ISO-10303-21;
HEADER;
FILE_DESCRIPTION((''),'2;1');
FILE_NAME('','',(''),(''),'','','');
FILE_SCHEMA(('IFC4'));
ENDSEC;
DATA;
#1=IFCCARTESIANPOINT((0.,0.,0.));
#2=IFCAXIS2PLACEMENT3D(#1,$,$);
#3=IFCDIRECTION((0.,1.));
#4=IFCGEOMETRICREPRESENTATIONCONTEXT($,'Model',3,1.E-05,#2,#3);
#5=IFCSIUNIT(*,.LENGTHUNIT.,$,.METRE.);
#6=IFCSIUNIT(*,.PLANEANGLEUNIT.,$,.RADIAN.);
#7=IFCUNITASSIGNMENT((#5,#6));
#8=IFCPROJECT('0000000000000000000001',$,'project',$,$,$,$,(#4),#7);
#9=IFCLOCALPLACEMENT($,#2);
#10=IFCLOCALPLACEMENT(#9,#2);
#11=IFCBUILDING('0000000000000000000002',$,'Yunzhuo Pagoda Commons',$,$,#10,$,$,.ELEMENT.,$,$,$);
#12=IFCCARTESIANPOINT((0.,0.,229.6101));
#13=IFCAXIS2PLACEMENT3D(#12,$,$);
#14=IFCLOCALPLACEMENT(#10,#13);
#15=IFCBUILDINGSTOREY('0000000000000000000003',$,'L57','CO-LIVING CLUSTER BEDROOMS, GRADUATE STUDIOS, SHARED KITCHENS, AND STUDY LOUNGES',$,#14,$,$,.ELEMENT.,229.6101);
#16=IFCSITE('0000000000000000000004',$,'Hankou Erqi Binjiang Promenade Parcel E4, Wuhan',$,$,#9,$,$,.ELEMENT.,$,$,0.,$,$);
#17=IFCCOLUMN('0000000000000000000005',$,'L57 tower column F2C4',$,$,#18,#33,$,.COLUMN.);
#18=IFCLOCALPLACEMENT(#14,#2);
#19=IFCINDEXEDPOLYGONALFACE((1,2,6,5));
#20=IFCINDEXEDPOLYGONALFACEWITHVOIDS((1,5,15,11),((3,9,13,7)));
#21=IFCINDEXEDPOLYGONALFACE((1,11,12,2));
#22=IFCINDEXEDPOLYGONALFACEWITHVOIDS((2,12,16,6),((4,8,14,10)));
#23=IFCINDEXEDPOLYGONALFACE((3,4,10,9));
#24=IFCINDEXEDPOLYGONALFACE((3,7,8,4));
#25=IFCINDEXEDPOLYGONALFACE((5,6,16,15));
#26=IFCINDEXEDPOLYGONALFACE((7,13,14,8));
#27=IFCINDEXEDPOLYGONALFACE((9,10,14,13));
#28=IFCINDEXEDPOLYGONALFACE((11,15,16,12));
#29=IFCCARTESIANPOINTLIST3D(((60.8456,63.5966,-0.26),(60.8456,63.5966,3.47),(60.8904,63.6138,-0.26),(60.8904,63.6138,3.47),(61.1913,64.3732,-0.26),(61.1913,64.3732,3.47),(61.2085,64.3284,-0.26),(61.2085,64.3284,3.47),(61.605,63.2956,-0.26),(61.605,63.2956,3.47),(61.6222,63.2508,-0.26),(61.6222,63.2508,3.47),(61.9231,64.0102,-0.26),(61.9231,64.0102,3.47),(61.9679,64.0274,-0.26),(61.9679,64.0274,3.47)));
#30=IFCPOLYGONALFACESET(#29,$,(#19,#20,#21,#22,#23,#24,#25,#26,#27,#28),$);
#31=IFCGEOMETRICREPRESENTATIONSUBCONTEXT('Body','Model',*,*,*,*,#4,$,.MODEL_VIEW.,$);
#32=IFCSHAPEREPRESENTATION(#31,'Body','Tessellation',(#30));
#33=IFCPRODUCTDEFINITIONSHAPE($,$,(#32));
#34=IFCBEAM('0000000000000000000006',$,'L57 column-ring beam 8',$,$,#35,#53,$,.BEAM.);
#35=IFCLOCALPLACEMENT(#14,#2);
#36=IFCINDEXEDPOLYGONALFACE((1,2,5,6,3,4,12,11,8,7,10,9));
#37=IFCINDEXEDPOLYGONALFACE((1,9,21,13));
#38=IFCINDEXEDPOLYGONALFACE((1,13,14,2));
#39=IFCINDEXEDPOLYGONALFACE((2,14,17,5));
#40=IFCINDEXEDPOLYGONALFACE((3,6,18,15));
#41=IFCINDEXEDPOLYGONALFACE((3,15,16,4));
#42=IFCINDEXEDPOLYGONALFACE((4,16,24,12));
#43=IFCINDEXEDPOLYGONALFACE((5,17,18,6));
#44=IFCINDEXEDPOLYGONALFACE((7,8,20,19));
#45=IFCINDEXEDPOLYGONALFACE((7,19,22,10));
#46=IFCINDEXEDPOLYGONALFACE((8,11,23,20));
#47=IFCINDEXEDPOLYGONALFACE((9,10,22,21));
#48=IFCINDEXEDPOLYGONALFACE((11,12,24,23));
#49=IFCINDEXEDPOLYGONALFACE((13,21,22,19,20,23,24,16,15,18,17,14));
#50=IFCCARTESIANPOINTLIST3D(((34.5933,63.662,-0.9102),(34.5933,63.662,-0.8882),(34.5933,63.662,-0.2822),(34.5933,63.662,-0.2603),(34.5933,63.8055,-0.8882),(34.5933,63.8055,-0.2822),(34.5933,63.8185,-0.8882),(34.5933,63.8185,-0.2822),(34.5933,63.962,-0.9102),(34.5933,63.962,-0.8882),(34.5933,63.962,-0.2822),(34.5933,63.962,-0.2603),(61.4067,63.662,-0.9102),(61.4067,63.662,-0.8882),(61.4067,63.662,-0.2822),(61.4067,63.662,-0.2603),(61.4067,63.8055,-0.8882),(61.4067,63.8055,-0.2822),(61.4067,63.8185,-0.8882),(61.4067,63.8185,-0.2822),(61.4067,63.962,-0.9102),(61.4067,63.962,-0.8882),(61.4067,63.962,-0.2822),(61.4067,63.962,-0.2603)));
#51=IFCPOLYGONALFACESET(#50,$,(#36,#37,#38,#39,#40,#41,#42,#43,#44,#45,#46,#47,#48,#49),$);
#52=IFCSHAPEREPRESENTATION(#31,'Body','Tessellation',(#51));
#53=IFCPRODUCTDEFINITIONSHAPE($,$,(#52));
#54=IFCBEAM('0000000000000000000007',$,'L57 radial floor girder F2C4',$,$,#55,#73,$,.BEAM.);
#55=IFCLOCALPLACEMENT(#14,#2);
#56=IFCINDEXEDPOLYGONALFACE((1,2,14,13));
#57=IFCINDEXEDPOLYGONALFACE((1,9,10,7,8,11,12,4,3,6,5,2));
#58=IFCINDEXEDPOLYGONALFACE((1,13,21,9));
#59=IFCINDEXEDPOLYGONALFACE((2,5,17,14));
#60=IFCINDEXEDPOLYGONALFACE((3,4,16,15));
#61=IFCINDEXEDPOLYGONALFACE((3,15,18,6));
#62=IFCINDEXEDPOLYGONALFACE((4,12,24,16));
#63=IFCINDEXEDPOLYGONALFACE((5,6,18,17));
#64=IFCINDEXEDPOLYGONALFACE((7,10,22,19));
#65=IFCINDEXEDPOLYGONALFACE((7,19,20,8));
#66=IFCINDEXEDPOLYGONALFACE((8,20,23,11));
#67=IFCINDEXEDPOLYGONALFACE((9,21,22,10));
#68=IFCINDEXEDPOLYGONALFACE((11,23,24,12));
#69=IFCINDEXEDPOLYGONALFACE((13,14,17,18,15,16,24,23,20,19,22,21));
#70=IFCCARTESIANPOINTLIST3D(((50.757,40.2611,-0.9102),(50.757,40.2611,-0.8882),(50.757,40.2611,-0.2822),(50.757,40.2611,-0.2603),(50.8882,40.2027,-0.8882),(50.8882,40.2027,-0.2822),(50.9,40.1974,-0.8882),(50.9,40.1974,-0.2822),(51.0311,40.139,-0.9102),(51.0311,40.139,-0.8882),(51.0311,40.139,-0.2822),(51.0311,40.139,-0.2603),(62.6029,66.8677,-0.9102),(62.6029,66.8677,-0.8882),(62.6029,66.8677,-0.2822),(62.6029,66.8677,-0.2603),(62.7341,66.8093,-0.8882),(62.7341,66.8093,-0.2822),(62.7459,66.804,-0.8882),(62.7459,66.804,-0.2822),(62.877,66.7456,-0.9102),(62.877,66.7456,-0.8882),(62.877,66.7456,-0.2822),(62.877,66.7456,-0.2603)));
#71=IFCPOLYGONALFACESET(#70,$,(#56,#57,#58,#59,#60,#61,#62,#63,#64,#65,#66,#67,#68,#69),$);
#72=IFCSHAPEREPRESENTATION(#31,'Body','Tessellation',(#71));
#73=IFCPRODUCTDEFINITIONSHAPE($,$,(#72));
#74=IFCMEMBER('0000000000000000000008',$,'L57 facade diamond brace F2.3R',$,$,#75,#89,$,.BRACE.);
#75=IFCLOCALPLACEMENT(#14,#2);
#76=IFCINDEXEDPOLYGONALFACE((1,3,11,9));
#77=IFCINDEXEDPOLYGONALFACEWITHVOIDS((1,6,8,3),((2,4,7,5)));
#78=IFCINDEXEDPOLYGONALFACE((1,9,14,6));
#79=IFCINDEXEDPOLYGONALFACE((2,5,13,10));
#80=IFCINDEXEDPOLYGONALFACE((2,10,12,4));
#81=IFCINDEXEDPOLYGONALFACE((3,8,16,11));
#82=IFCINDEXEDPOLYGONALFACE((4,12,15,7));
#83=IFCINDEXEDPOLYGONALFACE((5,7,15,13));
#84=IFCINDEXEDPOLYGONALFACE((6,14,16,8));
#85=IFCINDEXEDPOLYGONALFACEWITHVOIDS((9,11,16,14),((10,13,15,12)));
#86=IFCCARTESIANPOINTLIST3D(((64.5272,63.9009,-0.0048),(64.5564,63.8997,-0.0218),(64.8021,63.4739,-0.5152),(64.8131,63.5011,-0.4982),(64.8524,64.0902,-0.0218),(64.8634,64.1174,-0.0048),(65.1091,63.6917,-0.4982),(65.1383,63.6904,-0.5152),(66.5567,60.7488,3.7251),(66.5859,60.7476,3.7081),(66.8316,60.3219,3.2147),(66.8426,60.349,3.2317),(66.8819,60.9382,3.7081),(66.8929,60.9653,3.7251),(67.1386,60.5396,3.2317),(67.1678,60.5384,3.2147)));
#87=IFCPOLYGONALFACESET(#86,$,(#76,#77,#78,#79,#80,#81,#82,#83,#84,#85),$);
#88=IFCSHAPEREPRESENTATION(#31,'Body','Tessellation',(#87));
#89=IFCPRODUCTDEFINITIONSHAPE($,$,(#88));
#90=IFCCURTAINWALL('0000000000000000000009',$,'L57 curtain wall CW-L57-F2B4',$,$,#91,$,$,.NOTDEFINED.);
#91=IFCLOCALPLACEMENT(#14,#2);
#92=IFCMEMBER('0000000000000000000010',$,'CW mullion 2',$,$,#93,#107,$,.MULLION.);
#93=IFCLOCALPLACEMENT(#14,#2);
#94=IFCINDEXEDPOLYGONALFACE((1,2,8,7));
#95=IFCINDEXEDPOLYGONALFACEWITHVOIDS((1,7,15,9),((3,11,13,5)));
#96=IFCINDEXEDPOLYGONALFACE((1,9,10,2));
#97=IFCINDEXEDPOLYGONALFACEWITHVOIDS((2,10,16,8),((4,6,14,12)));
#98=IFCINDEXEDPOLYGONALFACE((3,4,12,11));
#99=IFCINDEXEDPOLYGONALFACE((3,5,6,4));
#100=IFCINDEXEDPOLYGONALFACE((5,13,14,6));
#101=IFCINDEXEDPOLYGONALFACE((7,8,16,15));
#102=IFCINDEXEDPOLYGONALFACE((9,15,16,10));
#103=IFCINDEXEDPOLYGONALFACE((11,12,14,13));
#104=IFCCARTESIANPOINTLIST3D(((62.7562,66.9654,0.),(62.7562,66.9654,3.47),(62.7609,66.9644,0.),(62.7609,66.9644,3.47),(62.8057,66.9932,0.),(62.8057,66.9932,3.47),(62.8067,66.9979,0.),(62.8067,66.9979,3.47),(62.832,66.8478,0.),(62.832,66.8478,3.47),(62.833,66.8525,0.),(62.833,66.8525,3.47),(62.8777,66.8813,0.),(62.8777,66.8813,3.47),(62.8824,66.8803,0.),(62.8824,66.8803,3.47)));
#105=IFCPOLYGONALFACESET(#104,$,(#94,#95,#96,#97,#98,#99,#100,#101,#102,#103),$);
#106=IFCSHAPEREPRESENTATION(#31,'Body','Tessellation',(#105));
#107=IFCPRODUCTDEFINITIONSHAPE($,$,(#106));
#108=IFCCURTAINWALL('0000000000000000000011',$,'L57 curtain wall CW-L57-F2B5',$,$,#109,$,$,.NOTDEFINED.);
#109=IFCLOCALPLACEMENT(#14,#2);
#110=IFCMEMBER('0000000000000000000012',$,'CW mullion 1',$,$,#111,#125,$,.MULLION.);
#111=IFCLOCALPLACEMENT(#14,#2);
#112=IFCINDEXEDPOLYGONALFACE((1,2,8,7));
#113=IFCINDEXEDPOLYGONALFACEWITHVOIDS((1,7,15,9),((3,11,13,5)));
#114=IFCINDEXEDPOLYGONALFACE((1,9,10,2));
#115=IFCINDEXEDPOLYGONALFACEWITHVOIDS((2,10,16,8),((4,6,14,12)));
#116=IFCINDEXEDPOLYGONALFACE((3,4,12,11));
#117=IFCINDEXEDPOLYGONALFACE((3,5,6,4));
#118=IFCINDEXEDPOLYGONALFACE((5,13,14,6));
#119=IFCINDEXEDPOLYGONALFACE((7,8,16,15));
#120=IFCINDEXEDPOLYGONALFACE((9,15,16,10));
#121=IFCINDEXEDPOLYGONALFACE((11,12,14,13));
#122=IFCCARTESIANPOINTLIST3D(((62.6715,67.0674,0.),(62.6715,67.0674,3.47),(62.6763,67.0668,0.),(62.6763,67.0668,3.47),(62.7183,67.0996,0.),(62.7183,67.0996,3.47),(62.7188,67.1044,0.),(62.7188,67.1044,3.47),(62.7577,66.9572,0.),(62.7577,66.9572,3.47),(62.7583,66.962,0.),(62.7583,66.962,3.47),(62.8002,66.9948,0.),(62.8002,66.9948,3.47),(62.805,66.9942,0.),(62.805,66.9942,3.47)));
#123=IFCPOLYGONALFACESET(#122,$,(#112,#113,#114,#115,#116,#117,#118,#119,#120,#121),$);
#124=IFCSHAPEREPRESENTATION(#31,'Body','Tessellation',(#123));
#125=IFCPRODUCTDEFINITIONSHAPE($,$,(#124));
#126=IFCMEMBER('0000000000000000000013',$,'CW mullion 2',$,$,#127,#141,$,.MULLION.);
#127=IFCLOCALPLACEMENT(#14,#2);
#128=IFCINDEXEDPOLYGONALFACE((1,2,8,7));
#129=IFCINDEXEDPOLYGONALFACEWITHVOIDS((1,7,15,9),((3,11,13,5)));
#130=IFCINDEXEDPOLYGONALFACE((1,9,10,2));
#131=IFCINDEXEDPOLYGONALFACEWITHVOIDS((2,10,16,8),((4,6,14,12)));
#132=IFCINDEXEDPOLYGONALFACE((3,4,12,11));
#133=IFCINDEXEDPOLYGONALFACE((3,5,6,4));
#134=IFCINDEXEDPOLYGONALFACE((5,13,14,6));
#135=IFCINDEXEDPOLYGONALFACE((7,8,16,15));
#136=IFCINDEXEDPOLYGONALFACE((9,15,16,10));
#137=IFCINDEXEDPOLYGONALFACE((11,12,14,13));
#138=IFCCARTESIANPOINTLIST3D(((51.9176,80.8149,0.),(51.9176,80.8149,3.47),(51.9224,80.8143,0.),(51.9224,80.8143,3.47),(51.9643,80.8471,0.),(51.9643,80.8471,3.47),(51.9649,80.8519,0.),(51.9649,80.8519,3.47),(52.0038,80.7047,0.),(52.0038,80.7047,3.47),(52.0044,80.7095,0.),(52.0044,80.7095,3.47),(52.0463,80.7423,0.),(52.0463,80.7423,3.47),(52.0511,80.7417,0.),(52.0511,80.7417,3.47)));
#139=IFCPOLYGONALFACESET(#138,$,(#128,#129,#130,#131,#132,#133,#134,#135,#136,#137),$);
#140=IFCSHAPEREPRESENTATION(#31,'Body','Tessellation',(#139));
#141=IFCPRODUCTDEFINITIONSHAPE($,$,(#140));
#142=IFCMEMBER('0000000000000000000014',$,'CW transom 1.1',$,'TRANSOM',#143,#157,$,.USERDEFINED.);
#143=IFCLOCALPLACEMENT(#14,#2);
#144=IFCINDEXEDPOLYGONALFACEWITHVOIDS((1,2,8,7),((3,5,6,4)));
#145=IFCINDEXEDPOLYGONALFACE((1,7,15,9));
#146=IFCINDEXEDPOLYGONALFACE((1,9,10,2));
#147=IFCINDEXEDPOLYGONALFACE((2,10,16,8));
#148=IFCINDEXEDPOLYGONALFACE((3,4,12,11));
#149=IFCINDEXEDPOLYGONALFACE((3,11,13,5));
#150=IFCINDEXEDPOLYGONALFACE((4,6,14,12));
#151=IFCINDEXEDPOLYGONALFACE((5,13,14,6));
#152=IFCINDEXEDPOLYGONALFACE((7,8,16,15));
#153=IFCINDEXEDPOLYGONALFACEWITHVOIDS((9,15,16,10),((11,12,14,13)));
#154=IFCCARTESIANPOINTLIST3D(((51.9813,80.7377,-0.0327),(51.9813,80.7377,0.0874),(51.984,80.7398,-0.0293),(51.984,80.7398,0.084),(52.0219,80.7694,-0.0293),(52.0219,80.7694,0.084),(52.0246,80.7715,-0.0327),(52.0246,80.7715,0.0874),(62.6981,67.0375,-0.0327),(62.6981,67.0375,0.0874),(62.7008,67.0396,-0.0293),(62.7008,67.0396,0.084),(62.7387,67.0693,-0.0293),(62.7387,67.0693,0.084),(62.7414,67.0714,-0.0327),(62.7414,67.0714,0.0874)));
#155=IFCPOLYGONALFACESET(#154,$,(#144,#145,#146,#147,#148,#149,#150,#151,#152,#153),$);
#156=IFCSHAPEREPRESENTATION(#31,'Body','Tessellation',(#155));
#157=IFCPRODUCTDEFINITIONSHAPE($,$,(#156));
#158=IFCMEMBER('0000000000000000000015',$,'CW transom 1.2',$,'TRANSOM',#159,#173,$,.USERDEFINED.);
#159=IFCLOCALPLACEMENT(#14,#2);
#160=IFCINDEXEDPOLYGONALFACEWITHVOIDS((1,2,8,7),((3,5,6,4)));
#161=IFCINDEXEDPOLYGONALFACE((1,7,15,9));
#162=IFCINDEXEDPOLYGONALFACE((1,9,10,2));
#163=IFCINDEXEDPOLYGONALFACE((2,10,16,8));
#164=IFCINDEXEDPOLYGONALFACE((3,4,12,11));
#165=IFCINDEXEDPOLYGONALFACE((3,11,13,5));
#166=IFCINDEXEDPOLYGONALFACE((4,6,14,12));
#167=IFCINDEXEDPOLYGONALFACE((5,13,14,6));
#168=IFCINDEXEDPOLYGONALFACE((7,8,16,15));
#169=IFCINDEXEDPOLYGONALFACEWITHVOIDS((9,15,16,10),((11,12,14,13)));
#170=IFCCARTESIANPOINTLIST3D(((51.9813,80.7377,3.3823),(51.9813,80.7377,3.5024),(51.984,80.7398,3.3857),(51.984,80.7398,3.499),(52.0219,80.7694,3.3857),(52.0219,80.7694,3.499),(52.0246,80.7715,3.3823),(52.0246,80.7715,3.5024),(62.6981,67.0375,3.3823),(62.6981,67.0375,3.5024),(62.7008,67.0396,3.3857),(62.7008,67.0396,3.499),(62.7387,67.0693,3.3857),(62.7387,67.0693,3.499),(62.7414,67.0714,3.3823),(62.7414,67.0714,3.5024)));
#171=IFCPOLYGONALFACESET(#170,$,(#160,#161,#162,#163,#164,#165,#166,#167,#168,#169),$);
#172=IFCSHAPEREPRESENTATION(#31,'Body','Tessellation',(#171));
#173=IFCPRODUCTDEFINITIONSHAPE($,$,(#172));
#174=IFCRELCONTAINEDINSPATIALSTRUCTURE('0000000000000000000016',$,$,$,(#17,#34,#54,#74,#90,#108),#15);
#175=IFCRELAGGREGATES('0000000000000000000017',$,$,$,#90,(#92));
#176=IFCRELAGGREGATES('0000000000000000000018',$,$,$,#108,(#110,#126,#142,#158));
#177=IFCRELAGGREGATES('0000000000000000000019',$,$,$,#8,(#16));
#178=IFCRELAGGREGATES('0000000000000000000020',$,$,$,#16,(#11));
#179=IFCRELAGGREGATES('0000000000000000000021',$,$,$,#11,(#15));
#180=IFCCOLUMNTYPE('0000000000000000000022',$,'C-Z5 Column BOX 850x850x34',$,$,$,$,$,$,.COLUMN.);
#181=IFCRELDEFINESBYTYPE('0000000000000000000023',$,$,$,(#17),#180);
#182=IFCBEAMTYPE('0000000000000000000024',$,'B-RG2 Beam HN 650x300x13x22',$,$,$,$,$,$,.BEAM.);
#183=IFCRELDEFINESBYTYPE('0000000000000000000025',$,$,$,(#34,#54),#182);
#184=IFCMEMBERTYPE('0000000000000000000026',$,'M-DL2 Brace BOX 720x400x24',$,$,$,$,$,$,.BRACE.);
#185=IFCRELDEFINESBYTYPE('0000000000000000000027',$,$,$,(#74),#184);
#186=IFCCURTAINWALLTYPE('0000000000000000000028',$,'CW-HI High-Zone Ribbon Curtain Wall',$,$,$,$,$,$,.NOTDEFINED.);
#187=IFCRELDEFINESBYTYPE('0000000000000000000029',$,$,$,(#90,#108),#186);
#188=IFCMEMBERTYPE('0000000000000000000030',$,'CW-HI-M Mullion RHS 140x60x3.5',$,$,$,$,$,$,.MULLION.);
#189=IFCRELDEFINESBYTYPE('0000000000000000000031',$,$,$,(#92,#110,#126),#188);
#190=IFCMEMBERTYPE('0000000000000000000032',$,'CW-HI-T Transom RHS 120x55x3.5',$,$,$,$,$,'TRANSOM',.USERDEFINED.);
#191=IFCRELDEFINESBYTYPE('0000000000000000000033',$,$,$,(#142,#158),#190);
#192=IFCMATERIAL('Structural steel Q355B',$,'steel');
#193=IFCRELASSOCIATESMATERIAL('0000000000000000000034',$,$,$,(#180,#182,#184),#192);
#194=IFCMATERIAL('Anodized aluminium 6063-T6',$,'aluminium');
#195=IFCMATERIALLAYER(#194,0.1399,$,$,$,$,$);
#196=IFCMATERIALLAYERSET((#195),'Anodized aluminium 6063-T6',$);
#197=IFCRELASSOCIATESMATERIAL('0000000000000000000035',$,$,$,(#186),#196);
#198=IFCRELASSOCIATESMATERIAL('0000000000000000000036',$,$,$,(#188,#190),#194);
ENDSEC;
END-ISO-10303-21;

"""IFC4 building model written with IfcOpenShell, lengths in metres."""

from ifc_helpers import new_model, si_unit, direction, frame, origin, origin_2d, place, context, subcontext, project, spatial, hollow_rectangle, i_section, extrude, source, transform, mapped, material, layer, layer_set, material_profile, profile_set, type_object, element, aggregate, save


model = new_model("IFC4")

# Units and contexts
model_context = context("Model", 3, precision=1e-05, world=origin(), true_north=direction((0.0, 1.0)))
body_context = subcontext(model_context, "Body", "Model", "MODEL_VIEW")
ifc_project = project(units=[si_unit("LENGTHUNIT", "METRE"), si_unit("PLANEANGLEUNIT", "RADIAN")], contexts=[model_context])

# Site, building, storey
site_placement = place(None, origin())
site = spatial("IfcSite", under=ifc_project, at=site_placement, Name="Hankou Erqi Binjiang Promenade Parcel E4, Wuhan", CompositionType="ELEMENT", RefElevation=0.0)
building_placement = place(site_placement, origin())
building = spatial("IfcBuilding", under=site, at=building_placement, Name="Yunzhuo Pagoda Commons", CompositionType="ELEMENT")
storey_placement = place(building_placement, frame((0.0, 0.0, 229.6101)))
storey = spatial("IfcBuildingStorey", under=building, at=storey_placement, Name="L57", Description="CO-LIVING CLUSTER BEDROOMS, GRADUATE STUDIOS, SHARED KITCHENS, AND STUDY LOUNGES", CompositionType="ELEMENT", Elevation=229.6101)

# Column
ifc_material_1 = material(Name="Structural steel Q355B", Category="steel")
ifc_material_profile_1 = material_profile(ifc_material_1, hollow_rectangle(XDim=0.8501, YDim=0.8501, WallThickness=0.0339, at=origin_2d()), Name="Structural steel Q355B")
ifc_profile_set_1 = profile_set([ifc_material_profile_1], Name="Structural steel Q355B")
column_type = type_object("IfcColumnType", Name="C-Z5 Column BOX 850x850x34", PredefinedType="COLUMN", material=ifc_profile_set_1)
shared_shape_1 = source(origin(), body_context, "Body", "SweptSolid", [
    extrude(hollow_rectangle(XDim=0.8501, YDim=0.8501, WallThickness=0.0339, at=origin_2d()), origin(), (0.0, 0.0, 1.0), 3.73),
])
column_placement = place(storey_placement, frame((61.4067, 63.812, -0.26), z_axis=(0.0, 0.0, 1.0), x_axis=(-0.913545, 0.406737, 0.0)))
element("IfcColumn", 1, at=column_placement, inside=storey, type_object=column_type, Name="L57 tower column F2C4", PredefinedType="COLUMN", context=body_context, shape_type="MappedRepresentation", body=[
    mapped(shared_shape_1, transform((0.0, 0.0, 0.0), scale=1.0)),
])

# Beams
ifc_material_profile_2 = material_profile(ifc_material_1, i_section(OverallWidth=0.3, OverallDepth=0.6499, WebThickness=0.0129, FlangeThickness=0.022, at=origin_2d()), Name="Structural steel Q355B")
ifc_profile_set_2 = profile_set([ifc_material_profile_2], Name="Structural steel Q355B")
beam_type = type_object("IfcBeamType", Name="B-RG2 Beam HN 650x300x13x22", PredefinedType="BEAM", material=ifc_profile_set_2)
shared_shape_2 = source(origin(), body_context, "Body", "SweptSolid", [
    extrude(i_section(OverallWidth=0.3, OverallDepth=0.6499, WebThickness=0.0129, FlangeThickness=0.022, at=origin_2d()), origin(), (0.0, 0.0, 1.0), 26.8135),
])
beam_1_placement = place(storey_placement, frame((61.4067, 63.812, -0.5852), z_axis=(-1.0, 0.0, 0.0), x_axis=(0.0, -1.0, 0.0)))
element("IfcBeam", 2, at=beam_1_placement, inside=storey, type_object=beam_type, Name="L57 column-ring beam 8", PredefinedType="BEAM", context=body_context, shape_type="MappedRepresentation", body=[
    mapped(shared_shape_2, transform((0.0, 0.0, 0.0), scale=1.0)),
])
shared_shape_3 = source(origin(), body_context, "Body", "SweptSolid", [
    extrude(i_section(OverallWidth=0.3, OverallDepth=0.6499, WebThickness=0.0129, FlangeThickness=0.022, at=origin_2d()), origin(), (0.0, 0.0, 1.0), 29.1245),
])
beam_2_placement = place(storey_placement, frame((62.74, 66.8066, -0.5852), z_axis=(-0.406733, -0.913547, 0.0), x_axis=(0.913547, -0.406733, 0.0)))
element("IfcBeam", 3, at=beam_2_placement, inside=storey, type_object=beam_type, Name="L57 radial floor girder F2C4", PredefinedType="BEAM", context=body_context, shape_type="MappedRepresentation", body=[
    mapped(shared_shape_3, transform((0.0, 0.0, 0.0), scale=1.0)),
])

# Member
ifc_material_profile_3 = material_profile(ifc_material_1, hollow_rectangle(XDim=0.3999, YDim=0.72, WallThickness=0.0239, at=origin_2d()), Name="Structural steel Q355B")
ifc_profile_set_3 = profile_set([ifc_material_profile_3], Name="Structural steel Q355B")
member_type_1 = type_object("IfcMemberType", Name="M-DL2 Brace BOX 720x400x24", PredefinedType="BRACE", material=ifc_profile_set_3)
shared_shape_4 = source(origin(), body_context, "Body", "SweptSolid", [
    extrude(hollow_rectangle(XDim=0.3999, YDim=0.72, WallThickness=0.0239, at=origin_2d()), origin(), (0.0, 0.0, 1.0), 5.2883),
])
member_1_placement = place(storey_placement, frame((64.8328, 63.7957, -0.26), z_axis=(0.38377, -0.596037, 0.705309), x_axis=(0.840791, 0.54136, 0.0)))
element("IfcMember", 4, at=member_1_placement, inside=storey, type_object=member_type_1, Name="L57 facade diamond brace F2.3R", PredefinedType="BRACE", context=body_context, shape_type="MappedRepresentation", body=[
    mapped(shared_shape_4, transform((0.0, 0.0, 0.0), scale=1.0)),
])

# Curtain wall, member
ifc_material_2 = material(Name="Anodized aluminium 6063-T6", Category="aluminium")
ifc_layer_1 = layer(ifc_material_2, 0.1399)
ifc_layer_set_1 = layer_set([ifc_layer_1], Name="Anodized aluminium 6063-T6")
curtain_wall_type = type_object("IfcCurtainWallType", Name="CW-HI High-Zone Ribbon Curtain Wall", PredefinedType="NOTDEFINED", material=ifc_layer_set_1)
curtain_wall_1_placement = place(storey_placement, origin())
curtain_wall_1 = element("IfcCurtainWall", 5, at=curtain_wall_1_placement, inside=storey, type_object=curtain_wall_type, Name="L57 curtain wall CW-L57-F2B4", PredefinedType="NOTDEFINED")
ifc_material_profile_4 = material_profile(ifc_material_2, hollow_rectangle(XDim=0.0601, YDim=0.1399, WallThickness=0.0034, at=origin_2d()), Name="Anodized aluminium 6063-T6")
ifc_profile_set_4 = profile_set([ifc_material_profile_4], Name="Anodized aluminium 6063-T6")
member_type_2 = type_object("IfcMemberType", Name="CW-HI-M Mullion RHS 140x60x3.5", PredefinedType="MULLION", material=ifc_profile_set_4)
shared_shape_5 = source(origin(), body_context, "Body", "SweptSolid", [
    extrude(hollow_rectangle(XDim=0.0601, YDim=0.1399, WallThickness=0.0034, at=origin_2d()), origin(), (0.0, 0.0, 1.0), 3.47),
])
member_2_placement = place(storey_placement, frame((62.8193, 66.9229, 0.0), z_axis=(0.0, 0.0, 1.0), x_axis=(-0.840807, -0.541334, 0.0)))
member_2 = element("IfcMember", 6, at=member_2_placement, type_object=member_type_2, Name="CW mullion 2", PredefinedType="MULLION", context=body_context, shape_type="MappedRepresentation", body=[
    mapped(shared_shape_5, transform((0.0, 0.0, 0.0), scale=1.0)),
])

# Curtain wall, members
curtain_wall_2_placement = place(storey_placement, origin())
curtain_wall_2 = element("IfcCurtainWall", 7, at=curtain_wall_2_placement, inside=storey, type_object=curtain_wall_type, Name="L57 curtain wall CW-L57-F2B5", PredefinedType="NOTDEFINED")
member_3_placement = place(storey_placement, frame((62.7383, 67.0308, 0.0), z_axis=(0.0, 0.0, 1.0), x_axis=(-0.787639, -0.616136, 0.0)))
member_3 = element("IfcMember", 8, at=member_3_placement, type_object=member_type_2, Name="CW mullion 1", PredefinedType="MULLION", context=body_context, shape_type="MappedRepresentation", body=[
    mapped(shared_shape_5, transform((0.0, 0.0, 0.0), scale=1.0)),
])
member_4_placement = place(storey_placement, frame((51.9844, 80.7783, 0.0), z_axis=(0.0, 0.0, 1.0), x_axis=(-0.787639, -0.616136, 0.0)))
member_4 = element("IfcMember", 9, at=member_4_placement, type_object=member_type_2, Name="CW mullion 2", PredefinedType="MULLION", context=body_context, shape_type="MappedRepresentation", body=[
    mapped(shared_shape_5, transform((0.0, 0.0, 0.0), scale=1.0)),
])
ifc_material_profile_5 = material_profile(ifc_material_2, hollow_rectangle(XDim=0.0549, YDim=0.1201, WallThickness=0.0034, at=origin_2d()), Name="Anodized aluminium 6063-T6")
ifc_profile_set_5 = profile_set([ifc_material_profile_5], Name="Anodized aluminium 6063-T6")
member_type_3 = type_object("IfcMemberType", Name="CW-HI-T Transom RHS 120x55x3.5", ElementType="TRANSOM", PredefinedType="USERDEFINED", material=ifc_profile_set_5)
shared_shape_6 = source(origin(), body_context, "Body", "SweptSolid", [
    extrude(hollow_rectangle(XDim=0.0549, YDim=0.1201, WallThickness=0.0034, at=origin_2d()), origin(), (0.0, 0.0, 1.0), 17.3938),
])
member_5_placement = place(storey_placement, frame((62.7197, 67.0544, 0.0273), z_axis=(-0.616127, 0.787647, 0.0), x_axis=(-0.787647, -0.616127, 0.0)))
member_5 = element("IfcMember", 10, at=member_5_placement, type_object=member_type_3, Name="CW transom 1.1", ObjectType="TRANSOM", PredefinedType="USERDEFINED", context=body_context, shape_type="MappedRepresentation", body=[
    mapped(shared_shape_6, transform((0.0, 0.0, 0.0), scale=1.0)),
])
member_6_placement = place(storey_placement, frame((62.7197, 67.0544, 3.4424), z_axis=(-0.616127, 0.787647, 0.0), x_axis=(-0.787647, -0.616127, 0.0)))
member_6 = element("IfcMember", 11, at=member_6_placement, type_object=member_type_3, Name="CW transom 1.2", ObjectType="TRANSOM", PredefinedType="USERDEFINED", context=body_context, shape_type="MappedRepresentation", body=[
    mapped(shared_shape_6, transform((0.0, 0.0, 0.0), scale=1.0)),
])

aggregate(curtain_wall_1, [member_2])
aggregate(curtain_wall_2, [member_3, member_4, member_5, member_6])

save(model, "model.ifc")
